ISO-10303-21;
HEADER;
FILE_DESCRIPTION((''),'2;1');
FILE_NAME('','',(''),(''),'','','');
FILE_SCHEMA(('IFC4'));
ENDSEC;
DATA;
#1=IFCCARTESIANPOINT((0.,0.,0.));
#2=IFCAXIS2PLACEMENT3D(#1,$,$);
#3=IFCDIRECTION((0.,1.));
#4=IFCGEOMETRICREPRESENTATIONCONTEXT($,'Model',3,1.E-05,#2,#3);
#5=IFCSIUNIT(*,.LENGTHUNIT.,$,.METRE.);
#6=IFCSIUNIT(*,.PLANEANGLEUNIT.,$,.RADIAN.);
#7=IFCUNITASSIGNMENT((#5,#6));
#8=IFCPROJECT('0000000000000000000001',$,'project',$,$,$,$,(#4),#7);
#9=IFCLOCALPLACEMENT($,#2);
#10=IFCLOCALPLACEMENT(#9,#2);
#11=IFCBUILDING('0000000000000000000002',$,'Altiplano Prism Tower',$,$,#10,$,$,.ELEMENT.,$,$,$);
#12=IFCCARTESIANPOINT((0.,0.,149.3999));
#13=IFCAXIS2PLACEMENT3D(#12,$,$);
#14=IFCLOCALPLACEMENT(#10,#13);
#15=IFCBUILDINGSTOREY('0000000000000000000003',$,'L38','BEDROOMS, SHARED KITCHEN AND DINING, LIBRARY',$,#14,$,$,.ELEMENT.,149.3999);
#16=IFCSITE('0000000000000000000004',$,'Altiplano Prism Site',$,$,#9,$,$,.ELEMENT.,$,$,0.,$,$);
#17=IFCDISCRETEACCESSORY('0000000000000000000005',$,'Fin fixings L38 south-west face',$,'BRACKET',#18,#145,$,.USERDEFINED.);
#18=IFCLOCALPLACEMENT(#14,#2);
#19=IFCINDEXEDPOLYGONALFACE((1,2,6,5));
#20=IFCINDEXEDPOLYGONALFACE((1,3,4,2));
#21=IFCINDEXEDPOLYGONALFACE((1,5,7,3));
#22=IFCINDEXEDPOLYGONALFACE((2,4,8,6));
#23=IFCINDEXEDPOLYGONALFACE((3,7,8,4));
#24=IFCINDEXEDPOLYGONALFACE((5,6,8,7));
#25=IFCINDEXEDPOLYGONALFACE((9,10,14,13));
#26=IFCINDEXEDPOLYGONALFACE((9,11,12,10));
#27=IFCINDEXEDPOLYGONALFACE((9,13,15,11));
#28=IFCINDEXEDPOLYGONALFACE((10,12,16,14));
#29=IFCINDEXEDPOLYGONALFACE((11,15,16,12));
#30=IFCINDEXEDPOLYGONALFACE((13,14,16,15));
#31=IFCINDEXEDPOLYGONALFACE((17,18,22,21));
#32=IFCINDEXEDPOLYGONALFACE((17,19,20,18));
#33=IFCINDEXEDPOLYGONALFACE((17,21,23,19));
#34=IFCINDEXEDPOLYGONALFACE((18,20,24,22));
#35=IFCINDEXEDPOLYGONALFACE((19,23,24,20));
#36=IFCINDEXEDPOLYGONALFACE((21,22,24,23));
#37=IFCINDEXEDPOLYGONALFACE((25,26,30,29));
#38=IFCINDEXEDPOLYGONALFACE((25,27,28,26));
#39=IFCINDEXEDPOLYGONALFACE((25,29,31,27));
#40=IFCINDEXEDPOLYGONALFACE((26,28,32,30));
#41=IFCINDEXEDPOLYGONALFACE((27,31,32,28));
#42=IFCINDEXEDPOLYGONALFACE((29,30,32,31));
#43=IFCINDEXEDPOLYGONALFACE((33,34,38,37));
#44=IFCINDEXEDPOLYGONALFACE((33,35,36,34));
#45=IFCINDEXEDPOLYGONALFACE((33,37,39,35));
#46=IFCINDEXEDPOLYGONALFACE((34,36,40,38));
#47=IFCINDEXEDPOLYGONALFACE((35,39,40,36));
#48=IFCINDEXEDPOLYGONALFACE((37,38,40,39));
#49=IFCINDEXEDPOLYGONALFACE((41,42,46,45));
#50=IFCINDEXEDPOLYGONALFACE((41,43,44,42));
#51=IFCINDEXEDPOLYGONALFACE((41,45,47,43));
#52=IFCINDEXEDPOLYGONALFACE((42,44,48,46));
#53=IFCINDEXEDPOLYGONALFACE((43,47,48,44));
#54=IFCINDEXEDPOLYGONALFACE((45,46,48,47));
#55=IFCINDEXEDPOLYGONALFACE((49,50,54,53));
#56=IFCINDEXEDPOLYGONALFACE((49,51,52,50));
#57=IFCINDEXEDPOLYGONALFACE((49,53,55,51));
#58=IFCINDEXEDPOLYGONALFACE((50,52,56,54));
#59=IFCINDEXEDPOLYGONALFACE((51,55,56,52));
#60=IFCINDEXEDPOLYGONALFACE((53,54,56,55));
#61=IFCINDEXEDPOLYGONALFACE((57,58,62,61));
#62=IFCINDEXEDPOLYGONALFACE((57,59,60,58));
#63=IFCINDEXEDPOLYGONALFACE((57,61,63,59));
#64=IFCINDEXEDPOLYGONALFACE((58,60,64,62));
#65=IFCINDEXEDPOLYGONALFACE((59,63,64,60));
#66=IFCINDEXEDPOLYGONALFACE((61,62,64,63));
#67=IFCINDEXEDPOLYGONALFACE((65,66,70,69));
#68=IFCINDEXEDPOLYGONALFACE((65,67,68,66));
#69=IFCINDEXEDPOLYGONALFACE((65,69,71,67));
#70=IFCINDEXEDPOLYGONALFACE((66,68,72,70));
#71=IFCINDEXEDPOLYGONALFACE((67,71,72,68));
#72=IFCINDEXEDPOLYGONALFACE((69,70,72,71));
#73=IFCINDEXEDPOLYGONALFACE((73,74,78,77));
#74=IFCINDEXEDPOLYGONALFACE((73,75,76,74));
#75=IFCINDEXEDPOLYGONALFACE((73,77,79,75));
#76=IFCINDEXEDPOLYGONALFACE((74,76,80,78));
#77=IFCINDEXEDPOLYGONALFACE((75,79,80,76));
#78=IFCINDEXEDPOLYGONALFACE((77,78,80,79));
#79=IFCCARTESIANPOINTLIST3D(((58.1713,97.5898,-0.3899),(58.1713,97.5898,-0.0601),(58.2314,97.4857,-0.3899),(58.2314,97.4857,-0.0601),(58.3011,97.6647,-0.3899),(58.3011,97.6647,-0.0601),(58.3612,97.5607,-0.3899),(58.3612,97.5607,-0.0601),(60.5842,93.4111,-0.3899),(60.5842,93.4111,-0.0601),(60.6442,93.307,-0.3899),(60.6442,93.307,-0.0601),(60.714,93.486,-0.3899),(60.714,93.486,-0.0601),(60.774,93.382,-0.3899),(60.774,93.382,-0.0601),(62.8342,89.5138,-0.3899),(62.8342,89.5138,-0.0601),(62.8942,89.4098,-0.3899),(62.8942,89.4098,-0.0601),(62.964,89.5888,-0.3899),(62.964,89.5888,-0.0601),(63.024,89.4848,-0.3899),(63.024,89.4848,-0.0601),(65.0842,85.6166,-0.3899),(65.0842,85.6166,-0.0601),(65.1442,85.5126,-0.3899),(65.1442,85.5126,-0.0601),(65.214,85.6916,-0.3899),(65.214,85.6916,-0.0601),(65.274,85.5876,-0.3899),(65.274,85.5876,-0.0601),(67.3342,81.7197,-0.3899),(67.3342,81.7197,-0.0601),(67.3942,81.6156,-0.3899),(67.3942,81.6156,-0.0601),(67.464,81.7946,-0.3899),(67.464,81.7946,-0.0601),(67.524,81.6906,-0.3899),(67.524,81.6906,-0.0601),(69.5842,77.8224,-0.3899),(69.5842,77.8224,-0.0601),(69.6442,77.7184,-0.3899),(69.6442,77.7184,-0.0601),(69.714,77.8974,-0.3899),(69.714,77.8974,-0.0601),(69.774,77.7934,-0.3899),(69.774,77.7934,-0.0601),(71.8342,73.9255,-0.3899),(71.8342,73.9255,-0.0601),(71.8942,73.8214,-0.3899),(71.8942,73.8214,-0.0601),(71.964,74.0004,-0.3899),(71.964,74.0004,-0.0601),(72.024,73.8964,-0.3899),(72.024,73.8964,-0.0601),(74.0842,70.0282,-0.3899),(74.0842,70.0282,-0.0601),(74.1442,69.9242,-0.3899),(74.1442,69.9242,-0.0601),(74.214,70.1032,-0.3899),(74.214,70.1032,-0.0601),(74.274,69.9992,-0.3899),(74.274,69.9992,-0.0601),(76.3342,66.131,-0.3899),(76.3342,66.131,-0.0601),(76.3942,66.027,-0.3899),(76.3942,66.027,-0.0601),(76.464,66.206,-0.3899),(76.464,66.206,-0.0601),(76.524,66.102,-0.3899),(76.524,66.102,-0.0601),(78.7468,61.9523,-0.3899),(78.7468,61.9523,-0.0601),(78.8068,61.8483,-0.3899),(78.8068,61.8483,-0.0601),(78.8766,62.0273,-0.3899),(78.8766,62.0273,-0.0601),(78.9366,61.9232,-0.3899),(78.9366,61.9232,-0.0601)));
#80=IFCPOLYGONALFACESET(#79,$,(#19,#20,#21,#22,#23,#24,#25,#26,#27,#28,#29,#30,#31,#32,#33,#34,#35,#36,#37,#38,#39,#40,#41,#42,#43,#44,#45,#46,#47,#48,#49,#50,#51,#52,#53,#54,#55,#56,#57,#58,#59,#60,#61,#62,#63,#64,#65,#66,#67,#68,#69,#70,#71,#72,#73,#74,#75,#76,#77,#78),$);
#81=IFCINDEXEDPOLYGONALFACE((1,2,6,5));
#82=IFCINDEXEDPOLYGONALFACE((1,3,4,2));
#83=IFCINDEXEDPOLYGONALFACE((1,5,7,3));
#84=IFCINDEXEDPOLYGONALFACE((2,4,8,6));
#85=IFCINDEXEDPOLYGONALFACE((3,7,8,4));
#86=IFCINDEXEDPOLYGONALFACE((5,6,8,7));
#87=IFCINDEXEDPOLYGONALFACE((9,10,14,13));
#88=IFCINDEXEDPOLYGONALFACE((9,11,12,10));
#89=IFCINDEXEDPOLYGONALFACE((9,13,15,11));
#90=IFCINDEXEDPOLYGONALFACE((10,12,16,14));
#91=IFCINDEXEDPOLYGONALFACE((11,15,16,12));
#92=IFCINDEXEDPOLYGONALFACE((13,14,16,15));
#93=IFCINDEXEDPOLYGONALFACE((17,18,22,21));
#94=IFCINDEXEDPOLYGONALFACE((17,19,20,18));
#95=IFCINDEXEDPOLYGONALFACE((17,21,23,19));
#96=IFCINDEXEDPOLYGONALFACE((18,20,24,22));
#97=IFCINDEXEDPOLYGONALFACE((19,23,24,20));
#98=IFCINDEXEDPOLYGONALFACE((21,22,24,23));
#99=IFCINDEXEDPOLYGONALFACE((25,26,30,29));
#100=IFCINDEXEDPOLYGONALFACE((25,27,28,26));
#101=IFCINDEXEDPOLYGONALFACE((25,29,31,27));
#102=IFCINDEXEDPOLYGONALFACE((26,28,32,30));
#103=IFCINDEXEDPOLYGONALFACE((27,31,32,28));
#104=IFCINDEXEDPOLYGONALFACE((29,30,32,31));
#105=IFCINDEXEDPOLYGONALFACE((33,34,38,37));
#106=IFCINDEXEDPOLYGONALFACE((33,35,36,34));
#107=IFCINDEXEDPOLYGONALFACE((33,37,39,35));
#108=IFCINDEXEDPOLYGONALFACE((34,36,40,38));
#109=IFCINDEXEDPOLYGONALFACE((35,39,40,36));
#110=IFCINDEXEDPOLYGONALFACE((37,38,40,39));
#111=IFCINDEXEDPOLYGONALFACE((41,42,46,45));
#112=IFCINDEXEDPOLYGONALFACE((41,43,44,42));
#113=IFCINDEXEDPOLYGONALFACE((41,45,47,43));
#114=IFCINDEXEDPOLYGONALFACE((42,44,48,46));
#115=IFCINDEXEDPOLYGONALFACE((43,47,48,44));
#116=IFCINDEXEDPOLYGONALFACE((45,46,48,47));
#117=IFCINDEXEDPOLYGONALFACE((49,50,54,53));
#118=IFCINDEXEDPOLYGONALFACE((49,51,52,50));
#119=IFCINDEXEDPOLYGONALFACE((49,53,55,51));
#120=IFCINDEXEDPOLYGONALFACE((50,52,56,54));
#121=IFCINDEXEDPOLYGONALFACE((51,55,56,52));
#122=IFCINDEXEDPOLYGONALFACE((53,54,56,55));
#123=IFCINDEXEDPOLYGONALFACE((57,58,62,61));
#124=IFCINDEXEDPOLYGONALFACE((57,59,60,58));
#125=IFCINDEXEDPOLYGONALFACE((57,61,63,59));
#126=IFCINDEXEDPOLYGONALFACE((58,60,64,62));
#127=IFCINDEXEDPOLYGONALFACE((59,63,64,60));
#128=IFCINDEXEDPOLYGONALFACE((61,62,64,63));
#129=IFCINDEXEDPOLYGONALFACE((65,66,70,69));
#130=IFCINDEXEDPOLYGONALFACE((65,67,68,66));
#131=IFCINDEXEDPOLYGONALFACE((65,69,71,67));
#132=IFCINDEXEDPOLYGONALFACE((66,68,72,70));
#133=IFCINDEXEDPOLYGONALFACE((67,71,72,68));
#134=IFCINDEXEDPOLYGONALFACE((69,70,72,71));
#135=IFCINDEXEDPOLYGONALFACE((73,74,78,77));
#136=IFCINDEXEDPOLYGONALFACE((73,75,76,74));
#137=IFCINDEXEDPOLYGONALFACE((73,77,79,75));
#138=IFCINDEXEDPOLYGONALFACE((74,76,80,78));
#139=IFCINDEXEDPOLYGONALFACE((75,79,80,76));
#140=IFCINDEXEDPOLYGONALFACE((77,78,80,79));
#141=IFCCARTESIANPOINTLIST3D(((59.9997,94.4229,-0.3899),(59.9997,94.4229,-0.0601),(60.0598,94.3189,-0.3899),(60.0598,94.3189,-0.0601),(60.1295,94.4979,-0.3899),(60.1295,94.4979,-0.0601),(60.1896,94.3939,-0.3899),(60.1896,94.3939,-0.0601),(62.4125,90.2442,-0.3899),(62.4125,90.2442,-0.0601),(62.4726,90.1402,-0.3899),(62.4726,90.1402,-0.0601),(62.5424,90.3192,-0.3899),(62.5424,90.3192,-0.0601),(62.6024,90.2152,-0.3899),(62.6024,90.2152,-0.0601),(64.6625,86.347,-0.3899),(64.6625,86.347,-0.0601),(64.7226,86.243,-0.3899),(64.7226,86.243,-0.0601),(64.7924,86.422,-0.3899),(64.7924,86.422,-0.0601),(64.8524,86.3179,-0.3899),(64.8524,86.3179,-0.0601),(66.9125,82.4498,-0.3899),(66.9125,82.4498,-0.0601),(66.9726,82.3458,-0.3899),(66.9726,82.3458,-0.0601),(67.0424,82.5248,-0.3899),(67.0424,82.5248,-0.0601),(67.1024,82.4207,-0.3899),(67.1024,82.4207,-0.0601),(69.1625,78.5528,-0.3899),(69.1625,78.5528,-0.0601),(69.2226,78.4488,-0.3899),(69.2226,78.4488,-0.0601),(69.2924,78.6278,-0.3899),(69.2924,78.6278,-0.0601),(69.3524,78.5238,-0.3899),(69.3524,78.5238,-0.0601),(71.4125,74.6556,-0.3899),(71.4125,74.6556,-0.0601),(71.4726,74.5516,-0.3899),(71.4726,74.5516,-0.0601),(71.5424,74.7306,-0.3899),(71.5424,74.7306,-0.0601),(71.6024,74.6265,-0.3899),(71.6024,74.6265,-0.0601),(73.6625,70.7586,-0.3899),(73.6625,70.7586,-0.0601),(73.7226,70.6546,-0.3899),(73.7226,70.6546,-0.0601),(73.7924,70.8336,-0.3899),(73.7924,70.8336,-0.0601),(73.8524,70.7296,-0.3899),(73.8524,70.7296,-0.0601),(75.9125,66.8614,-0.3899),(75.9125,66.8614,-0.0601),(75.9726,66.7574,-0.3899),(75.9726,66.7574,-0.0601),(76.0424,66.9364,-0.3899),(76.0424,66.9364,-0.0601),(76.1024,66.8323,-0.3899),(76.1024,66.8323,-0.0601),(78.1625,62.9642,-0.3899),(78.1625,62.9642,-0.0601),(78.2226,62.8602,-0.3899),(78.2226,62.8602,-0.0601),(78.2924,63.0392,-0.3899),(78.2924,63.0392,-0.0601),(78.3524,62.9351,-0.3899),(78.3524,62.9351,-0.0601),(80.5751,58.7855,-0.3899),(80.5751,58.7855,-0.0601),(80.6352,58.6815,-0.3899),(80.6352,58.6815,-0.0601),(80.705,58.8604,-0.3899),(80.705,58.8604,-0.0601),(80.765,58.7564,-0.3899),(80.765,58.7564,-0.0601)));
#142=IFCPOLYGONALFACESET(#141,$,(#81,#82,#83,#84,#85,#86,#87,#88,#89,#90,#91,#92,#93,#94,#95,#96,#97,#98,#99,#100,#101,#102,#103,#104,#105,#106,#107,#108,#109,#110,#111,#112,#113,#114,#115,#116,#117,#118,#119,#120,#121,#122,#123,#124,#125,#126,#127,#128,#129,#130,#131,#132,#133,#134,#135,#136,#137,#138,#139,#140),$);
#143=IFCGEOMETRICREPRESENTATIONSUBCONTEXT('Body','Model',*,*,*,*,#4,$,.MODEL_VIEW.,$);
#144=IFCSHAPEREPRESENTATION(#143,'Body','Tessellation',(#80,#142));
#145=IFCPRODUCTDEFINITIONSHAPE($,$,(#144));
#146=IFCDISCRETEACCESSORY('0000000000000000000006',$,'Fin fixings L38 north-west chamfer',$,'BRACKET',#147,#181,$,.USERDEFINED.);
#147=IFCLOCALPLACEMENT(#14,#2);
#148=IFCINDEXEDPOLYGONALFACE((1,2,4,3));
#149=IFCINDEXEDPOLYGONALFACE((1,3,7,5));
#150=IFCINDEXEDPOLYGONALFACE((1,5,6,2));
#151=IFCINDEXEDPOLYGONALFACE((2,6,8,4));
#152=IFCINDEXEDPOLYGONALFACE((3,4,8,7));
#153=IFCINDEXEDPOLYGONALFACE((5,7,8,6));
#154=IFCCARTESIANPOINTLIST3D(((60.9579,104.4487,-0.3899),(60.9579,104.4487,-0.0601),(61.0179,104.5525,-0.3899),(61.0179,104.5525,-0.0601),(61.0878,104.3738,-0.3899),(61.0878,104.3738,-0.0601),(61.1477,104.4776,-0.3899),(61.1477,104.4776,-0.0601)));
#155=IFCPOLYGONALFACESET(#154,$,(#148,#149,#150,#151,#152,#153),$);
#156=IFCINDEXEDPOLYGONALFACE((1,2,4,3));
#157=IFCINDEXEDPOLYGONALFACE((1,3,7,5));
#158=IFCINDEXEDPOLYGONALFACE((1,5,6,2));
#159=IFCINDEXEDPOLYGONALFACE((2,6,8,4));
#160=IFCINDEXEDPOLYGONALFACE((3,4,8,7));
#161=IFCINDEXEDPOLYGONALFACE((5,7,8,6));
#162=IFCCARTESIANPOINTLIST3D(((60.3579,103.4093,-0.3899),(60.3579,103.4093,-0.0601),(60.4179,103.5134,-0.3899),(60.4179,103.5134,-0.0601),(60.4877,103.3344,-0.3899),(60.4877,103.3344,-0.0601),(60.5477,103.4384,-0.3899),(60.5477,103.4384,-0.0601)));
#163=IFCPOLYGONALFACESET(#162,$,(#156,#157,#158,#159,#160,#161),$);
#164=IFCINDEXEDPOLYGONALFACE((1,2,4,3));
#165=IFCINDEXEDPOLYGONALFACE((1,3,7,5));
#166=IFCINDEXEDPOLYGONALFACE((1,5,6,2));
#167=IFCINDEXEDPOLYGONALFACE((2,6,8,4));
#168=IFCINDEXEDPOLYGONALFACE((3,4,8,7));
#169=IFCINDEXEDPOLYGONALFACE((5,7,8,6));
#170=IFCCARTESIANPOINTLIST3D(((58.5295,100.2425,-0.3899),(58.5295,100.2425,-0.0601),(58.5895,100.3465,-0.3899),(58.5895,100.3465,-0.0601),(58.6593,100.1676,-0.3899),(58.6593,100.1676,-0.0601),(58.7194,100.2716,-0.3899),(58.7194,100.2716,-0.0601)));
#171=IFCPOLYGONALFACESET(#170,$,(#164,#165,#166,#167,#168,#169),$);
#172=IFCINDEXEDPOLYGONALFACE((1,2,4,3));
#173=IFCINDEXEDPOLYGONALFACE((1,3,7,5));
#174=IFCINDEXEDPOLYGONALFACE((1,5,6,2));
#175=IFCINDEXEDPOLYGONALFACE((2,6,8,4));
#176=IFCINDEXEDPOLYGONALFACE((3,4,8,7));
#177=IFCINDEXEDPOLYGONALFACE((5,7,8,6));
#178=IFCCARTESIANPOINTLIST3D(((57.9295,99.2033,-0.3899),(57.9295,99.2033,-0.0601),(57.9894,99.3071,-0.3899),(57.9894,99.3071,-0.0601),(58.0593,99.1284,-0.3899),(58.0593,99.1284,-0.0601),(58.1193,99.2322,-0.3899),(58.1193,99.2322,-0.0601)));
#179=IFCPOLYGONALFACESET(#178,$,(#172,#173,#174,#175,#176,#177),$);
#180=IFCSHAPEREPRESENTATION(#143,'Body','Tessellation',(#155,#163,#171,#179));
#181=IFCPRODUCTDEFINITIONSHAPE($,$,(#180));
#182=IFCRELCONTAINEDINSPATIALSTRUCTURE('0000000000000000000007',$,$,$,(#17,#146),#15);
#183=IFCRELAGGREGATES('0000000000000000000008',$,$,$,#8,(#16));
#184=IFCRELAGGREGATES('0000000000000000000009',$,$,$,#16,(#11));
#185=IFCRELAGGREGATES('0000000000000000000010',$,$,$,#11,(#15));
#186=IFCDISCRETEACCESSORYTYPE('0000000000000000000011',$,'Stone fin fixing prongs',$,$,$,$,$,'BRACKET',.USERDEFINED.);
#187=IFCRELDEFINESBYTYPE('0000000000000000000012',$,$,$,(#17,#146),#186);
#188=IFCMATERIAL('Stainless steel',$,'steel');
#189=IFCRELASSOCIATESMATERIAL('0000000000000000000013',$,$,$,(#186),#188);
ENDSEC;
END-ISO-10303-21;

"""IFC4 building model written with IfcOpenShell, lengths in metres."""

from ifc_helpers import new_model, si_unit, direction, frame, origin, place, context, subcontext, project, spatial, polyline, outline, extrude, source, transform, mapped, material, type_object, element, save


model = new_model("IFC4")

# Units and contexts
model_context = context("Model", 3, precision=1e-05, world=origin(), true_north=direction((0.0, 1.0)))
body_context = subcontext(model_context, "Body", "Model", "MODEL_VIEW")
ifc_project = project(units=[si_unit("LENGTHUNIT", "METRE"), si_unit("PLANEANGLEUNIT", "RADIAN")], contexts=[model_context])

# Site, building, storey
site_placement = place(None, origin())
site = spatial("IfcSite", under=ifc_project, at=site_placement, Name="Altiplano Prism Site", CompositionType="ELEMENT", RefElevation=0.0)
building_placement = place(site_placement, origin())
building = spatial("IfcBuilding", under=site, at=building_placement, Name="Altiplano Prism Tower", CompositionType="ELEMENT")
storey_placement = place(building_placement, frame((0.0, 0.0, 149.3999)))
storey = spatial("IfcBuildingStorey", under=building, at=storey_placement, Name="L38", Description="BEDROOMS, SHARED KITCHEN AND DINING, LIBRARY", CompositionType="ELEMENT", Elevation=149.3999)

# Discrete accessories
ifc_material_1 = material(Name="Stainless steel", Category="steel")
discrete_accessory_type = type_object("IfcDiscreteAccessoryType", Name="Stone fin fixing prongs", ElementType="BRACKET", PredefinedType="USERDEFINED", material=ifc_material_1)
shared_shape_1 = source(origin(), body_context, "Body", "SweptSolid", [
    extrude(outline(polyline([(-1.8884, 0.0601), (-1.7683, 0.0601), (-1.7683, 0.3899), (-1.8884, 0.3899), (-1.8884, 0.0601)])), frame((0.0, 0.0, 0.0), z_axis=(0.0, -1.0, 0.0), x_axis=(1.0, 0.0, 0.0)), (0.0, 0.0, 1.0), 0.1499),
    extrude(outline(polyline([(1.7683, 0.0601), (1.8884, 0.0601), (1.8884, 0.3899), (1.7683, 0.3899), (1.7683, 0.0601)])), frame((0.0, 0.0, 0.0), z_axis=(0.0, -1.0, 0.0), x_axis=(1.0, 0.0, 0.0)), (0.0, 0.0, 1.0), 0.1499),
])
shared_shape_2 = source(origin(), body_context, "Body", "SweptSolid", [
    extrude(outline(polyline([(-1.8884, 0.0601), (-1.7683, 0.0601), (-1.7683, 0.3899), (-1.8884, 0.3899), (-1.8884, 0.0601)])), frame((0.0, 0.0, 0.0), z_axis=(0.0, -1.0, 0.0), x_axis=(1.0, 0.0, 0.0)), (0.0, 0.0, 1.0), 0.1499),
    extrude(outline(polyline([(1.7683, 0.0601), (1.8884, 0.0601), (1.8884, 0.3899), (1.7683, 0.3899), (1.7683, 0.0601)])), frame((0.0, 0.0, 0.0), z_axis=(0.0, -1.0, 0.0), x_axis=(1.0, 0.0, 0.0)), (0.0, 0.0, 1.0), 0.1499),
])
discrete_accessory_1_placement = place(storey_placement, origin())
element("IfcDiscreteAccessory", 1, at=discrete_accessory_1_placement, inside=storey, type_object=discrete_accessory_type, Name="Fin fixings L38 south-west face", ObjectType="BRACKET", PredefinedType="USERDEFINED", context=body_context, shape_type="MappedRepresentation", body=[
    mapped(shared_shape_1, transform((59.2454, 96.0293, -0.45), x_axis=(0.5, -0.866025, 0.0), y_axis=(0.866025, 0.5, 0.0), z_axis=(0.0, 0.0, 1.0))),
    mapped(shared_shape_2, transform((61.6582, 91.8506, -0.45), x_axis=(0.5, -0.866025, 0.0), y_axis=(0.866025, 0.5, 0.0), z_axis=(0.0, 0.0, 1.0))),
    mapped(shared_shape_2, transform((63.9082, 87.9534, -0.45), x_axis=(0.5, -0.866025, 0.0), y_axis=(0.866025, 0.5, 0.0), z_axis=(0.0, 0.0, 1.0))),
    mapped(shared_shape_2, transform((66.1582, 84.0562, -0.45), x_axis=(0.5, -0.866025, 0.0), y_axis=(0.866025, 0.5, 0.0), z_axis=(0.0, 0.0, 1.0))),
    mapped(shared_shape_2, transform((68.4082, 80.1592, -0.45), x_axis=(0.5, -0.866025, 0.0), y_axis=(0.866025, 0.5, 0.0), z_axis=(0.0, 0.0, 1.0))),
    mapped(shared_shape_2, transform((70.6582, 76.262, -0.45), x_axis=(0.5, -0.866025, 0.0), y_axis=(0.866025, 0.5, 0.0), z_axis=(0.0, 0.0, 1.0))),
    mapped(shared_shape_2, transform((72.9082, 72.365, -0.45), x_axis=(0.5, -0.866025, 0.0), y_axis=(0.866025, 0.5, 0.0), z_axis=(0.0, 0.0, 1.0))),
    mapped(shared_shape_2, transform((75.1582, 68.4678, -0.45), x_axis=(0.5, -0.866025, 0.0), y_axis=(0.866025, 0.5, 0.0), z_axis=(0.0, 0.0, 1.0))),
    mapped(shared_shape_2, transform((77.4082, 64.5706, -0.45), x_axis=(0.5, -0.866025, 0.0), y_axis=(0.866025, 0.5, 0.0), z_axis=(0.0, 0.0, 1.0))),
    mapped(shared_shape_1, transform((79.8208, 60.3918, -0.45), x_axis=(0.5, -0.866025, 0.0), y_axis=(0.866025, 0.5, 0.0), z_axis=(0.0, 0.0, 1.0))),
])
shared_shape_3 = source(origin(), body_context, "Body", "SweptSolid", [
    extrude(outline(polyline([(-3.0884, 0.0601), (-2.9685, 0.0601), (-2.9685, 0.3899), (-3.0884, 0.3899), (-3.0884, 0.0601)])), frame((0.0, 0.0, 0.0), z_axis=(0.0, -1.0, 0.0), x_axis=(1.0, 0.0, 0.0)), (0.0, 0.0, 1.0), 0.1499),
    extrude(outline(polyline([(-1.8884, 0.0601), (-1.7683, 0.0601), (-1.7683, 0.3899), (-1.8884, 0.3899), (-1.8884, 0.0601)])), frame((0.0, 0.0, 0.0), z_axis=(0.0, -1.0, 0.0), x_axis=(1.0, 0.0, 0.0)), (0.0, 0.0, 1.0), 0.1499),
    extrude(outline(polyline([(1.7683, 0.0601), (1.8884, 0.0601), (1.8884, 0.3899), (1.7683, 0.3899), (1.7683, 0.0601)])), frame((0.0, 0.0, 0.0), z_axis=(0.0, -1.0, 0.0), x_axis=(1.0, 0.0, 0.0)), (0.0, 0.0, 1.0), 0.1499),
    extrude(outline(polyline([(2.9685, 0.0601), (3.0884, 0.0601), (3.0884, 0.3899), (2.9685, 0.3899), (2.9685, 0.0601)])), frame((0.0, 0.0, 0.0), z_axis=(0.0, -1.0, 0.0), x_axis=(1.0, 0.0, 0.0)), (0.0, 0.0, 1.0), 0.1499),
])
discrete_accessory_2_placement = place(storey_placement, origin())
element("IfcDiscreteAccessory", 2, at=discrete_accessory_2_placement, inside=storey, type_object=discrete_accessory_type, Name="Fin fixings L38 north-west chamfer", ObjectType="BRACKET", PredefinedType="USERDEFINED", context=body_context, shape_type="MappedRepresentation", body=[
    mapped(shared_shape_3, transform((59.6035, 101.803, -0.45), x_axis=(-0.5, -0.866025, 0.0), y_axis=(0.866025, -0.5, 0.0), z_axis=(0.0, 0.0, 1.0))),
])

save(model, "model.ifc")
